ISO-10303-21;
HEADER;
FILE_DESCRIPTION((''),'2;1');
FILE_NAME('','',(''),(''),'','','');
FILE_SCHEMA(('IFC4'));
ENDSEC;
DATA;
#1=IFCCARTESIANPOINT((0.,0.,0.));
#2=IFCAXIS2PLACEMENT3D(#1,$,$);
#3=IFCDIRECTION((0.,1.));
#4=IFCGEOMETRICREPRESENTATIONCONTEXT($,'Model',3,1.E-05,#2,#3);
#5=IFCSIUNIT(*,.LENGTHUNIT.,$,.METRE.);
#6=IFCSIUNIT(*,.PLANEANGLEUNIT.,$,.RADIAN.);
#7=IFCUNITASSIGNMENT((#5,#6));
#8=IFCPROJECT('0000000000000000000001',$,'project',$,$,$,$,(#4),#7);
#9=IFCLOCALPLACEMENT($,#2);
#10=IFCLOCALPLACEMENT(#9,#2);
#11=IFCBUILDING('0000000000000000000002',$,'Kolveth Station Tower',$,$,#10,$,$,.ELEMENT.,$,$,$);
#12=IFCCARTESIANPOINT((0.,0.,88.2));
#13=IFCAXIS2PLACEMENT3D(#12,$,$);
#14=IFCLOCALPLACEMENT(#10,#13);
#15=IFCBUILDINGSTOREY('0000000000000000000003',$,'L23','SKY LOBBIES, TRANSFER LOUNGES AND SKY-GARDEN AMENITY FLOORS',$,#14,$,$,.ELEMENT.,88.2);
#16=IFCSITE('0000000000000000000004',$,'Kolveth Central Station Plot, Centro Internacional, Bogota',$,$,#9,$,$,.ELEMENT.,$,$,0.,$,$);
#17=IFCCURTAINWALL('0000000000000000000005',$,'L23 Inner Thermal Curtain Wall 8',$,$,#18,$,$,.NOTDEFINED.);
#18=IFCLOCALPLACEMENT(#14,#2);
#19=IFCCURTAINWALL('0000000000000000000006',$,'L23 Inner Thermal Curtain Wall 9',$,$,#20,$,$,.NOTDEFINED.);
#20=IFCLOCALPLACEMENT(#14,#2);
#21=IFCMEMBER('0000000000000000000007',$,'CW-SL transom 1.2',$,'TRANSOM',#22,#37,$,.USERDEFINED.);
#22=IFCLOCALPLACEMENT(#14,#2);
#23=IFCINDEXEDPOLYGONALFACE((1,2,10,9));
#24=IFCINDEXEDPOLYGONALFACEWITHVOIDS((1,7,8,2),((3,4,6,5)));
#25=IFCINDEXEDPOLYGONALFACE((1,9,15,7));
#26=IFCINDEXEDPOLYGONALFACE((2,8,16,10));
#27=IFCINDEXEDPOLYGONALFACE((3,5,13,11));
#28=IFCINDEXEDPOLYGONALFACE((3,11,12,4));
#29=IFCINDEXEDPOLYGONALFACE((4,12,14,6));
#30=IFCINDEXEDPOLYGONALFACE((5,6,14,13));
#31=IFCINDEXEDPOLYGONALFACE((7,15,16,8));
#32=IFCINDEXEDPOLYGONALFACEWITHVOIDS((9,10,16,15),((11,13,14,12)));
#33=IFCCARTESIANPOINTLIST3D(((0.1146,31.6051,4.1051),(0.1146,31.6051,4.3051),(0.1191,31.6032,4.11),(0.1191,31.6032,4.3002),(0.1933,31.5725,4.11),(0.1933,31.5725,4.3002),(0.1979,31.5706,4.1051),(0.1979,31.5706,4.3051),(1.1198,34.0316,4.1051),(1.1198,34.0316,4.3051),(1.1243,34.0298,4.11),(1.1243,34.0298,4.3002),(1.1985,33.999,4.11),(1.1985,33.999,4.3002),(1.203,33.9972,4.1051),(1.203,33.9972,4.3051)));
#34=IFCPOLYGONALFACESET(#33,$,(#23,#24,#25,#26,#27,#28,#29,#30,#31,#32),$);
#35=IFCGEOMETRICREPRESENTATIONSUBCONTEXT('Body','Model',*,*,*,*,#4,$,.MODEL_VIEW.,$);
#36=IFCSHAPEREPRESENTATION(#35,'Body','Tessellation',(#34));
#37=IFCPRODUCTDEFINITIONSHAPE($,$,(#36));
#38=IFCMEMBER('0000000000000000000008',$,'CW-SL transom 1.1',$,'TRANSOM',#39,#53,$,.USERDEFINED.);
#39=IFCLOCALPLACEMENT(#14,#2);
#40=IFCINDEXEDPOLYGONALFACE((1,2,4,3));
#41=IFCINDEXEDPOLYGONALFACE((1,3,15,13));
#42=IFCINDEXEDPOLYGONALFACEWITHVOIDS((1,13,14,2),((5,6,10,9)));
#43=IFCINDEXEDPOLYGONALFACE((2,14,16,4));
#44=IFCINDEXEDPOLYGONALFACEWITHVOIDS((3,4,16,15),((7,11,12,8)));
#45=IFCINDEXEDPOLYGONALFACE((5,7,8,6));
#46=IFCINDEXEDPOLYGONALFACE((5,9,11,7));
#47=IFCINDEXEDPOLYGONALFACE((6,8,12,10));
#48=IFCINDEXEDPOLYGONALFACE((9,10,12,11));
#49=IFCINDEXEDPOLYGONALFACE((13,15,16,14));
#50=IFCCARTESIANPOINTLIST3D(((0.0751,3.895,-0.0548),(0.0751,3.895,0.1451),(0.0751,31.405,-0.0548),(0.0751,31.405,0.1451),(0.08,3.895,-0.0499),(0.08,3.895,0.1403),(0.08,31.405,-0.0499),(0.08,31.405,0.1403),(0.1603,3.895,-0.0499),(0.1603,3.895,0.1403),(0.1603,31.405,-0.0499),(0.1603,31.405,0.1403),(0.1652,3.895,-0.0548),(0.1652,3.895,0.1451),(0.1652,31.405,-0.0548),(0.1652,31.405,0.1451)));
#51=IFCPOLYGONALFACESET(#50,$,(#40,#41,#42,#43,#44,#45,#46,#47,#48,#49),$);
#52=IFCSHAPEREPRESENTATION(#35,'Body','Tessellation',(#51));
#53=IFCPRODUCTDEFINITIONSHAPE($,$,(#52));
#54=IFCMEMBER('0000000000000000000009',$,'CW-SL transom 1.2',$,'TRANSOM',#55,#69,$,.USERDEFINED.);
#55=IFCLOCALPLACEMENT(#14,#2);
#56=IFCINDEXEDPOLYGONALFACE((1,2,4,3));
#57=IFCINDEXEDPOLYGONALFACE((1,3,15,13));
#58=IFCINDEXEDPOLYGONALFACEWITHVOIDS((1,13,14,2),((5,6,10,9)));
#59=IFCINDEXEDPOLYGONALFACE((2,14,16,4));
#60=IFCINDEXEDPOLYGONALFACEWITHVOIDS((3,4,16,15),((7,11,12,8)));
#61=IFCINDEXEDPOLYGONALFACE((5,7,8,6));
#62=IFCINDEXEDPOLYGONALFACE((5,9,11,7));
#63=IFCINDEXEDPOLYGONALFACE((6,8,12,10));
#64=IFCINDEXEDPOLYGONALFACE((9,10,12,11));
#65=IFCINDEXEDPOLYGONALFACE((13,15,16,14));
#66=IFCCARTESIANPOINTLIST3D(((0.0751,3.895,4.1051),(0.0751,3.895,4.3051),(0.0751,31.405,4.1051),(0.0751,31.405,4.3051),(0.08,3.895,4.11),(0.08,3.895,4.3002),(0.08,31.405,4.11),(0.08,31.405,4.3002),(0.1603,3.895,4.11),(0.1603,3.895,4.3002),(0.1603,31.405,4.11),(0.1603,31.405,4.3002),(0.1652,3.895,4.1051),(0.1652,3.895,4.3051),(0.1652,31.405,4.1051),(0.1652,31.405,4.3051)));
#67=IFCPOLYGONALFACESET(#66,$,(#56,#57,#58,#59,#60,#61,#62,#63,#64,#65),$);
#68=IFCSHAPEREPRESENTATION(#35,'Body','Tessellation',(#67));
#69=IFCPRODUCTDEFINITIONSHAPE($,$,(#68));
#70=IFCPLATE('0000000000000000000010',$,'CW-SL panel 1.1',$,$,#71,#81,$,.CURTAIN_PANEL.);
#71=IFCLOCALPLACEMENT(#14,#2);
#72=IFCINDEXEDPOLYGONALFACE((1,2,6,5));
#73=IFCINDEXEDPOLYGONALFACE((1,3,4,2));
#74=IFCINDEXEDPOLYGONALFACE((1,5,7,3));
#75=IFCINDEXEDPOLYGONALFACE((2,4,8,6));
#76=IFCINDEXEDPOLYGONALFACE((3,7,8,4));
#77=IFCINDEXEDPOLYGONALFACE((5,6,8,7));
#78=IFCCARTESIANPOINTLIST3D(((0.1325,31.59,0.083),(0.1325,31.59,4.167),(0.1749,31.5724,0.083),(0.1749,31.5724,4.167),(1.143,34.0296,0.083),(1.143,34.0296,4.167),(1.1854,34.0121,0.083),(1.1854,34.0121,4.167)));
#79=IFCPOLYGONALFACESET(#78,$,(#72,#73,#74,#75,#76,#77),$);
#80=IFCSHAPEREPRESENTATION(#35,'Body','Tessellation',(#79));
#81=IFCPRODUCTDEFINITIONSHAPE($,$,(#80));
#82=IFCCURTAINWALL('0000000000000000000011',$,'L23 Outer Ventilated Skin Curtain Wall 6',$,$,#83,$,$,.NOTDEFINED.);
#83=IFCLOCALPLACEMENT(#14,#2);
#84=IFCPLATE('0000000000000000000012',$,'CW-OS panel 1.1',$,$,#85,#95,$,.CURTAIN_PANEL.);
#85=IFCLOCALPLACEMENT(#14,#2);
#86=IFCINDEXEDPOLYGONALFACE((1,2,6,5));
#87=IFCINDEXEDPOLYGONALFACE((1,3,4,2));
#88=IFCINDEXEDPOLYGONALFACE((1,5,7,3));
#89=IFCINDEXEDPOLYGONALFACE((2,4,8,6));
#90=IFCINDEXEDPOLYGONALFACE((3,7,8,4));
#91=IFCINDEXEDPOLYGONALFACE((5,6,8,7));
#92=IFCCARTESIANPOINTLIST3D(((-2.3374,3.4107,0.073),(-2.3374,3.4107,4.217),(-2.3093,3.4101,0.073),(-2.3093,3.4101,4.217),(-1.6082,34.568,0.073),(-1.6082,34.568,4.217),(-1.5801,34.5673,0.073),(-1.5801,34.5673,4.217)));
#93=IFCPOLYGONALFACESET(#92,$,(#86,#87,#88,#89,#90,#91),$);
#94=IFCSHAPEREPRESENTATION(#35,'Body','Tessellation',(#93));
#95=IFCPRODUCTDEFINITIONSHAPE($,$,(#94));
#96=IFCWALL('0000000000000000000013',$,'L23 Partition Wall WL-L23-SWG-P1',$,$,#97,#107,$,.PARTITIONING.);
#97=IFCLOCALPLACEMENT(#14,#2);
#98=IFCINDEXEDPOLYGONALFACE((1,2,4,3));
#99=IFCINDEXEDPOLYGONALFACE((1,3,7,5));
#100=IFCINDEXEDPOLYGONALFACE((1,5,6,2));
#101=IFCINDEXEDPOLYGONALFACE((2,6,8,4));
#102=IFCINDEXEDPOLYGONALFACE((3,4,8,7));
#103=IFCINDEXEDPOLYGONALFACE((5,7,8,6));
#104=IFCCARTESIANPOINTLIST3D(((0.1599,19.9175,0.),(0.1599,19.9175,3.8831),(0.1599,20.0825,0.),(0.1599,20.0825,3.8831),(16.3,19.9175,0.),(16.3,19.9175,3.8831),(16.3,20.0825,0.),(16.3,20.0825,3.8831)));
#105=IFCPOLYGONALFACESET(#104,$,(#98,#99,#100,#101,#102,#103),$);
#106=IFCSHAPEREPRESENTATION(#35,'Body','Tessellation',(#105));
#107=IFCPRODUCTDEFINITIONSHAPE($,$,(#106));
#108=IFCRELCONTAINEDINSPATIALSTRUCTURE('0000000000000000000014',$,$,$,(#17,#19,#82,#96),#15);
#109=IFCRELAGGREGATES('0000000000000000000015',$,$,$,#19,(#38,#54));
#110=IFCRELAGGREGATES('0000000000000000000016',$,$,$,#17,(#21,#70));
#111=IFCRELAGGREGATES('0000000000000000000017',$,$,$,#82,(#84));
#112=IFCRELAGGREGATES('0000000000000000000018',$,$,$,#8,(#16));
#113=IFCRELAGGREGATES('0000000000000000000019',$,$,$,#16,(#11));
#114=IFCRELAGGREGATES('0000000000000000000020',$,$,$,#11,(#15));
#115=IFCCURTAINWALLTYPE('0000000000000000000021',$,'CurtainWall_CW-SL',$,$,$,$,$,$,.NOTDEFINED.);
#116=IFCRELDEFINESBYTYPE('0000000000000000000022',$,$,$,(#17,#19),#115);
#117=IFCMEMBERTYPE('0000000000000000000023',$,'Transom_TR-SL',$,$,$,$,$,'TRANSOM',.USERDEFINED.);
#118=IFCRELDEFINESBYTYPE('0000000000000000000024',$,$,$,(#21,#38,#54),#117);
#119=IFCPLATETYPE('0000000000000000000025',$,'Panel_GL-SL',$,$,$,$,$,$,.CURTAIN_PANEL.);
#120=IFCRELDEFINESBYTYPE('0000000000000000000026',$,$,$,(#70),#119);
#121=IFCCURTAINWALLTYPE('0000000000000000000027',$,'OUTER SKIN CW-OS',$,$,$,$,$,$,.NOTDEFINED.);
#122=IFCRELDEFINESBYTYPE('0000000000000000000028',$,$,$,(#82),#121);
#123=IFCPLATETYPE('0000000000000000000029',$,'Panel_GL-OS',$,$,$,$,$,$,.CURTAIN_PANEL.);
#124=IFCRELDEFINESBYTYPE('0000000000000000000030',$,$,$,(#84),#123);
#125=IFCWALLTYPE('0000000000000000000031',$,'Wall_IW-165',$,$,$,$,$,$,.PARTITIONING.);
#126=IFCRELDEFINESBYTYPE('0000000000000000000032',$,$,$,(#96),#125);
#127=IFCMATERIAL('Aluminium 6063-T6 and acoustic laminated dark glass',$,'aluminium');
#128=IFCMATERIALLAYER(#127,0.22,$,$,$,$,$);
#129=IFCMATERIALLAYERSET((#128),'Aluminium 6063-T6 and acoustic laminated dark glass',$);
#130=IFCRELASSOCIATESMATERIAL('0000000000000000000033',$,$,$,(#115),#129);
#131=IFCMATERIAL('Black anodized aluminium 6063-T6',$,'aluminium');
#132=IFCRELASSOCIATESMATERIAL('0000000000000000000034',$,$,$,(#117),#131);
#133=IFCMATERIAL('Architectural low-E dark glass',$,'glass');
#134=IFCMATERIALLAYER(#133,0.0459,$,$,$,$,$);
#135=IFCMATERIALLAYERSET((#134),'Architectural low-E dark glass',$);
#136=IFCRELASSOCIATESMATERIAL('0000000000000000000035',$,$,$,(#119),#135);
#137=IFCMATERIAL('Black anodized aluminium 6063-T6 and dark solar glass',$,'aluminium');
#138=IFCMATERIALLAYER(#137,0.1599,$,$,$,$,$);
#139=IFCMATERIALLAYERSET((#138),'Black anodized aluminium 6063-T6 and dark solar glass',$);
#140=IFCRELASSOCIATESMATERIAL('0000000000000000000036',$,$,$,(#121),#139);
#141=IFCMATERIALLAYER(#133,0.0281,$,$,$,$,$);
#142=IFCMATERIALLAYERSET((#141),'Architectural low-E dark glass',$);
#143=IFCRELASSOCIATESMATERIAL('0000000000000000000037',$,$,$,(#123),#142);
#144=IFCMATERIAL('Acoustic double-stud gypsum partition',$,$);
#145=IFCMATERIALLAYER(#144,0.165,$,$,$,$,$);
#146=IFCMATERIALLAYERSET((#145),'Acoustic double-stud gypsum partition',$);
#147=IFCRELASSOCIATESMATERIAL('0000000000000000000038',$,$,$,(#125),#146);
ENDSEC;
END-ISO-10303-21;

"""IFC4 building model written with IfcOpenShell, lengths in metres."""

from ifc_helpers import new_model, si_unit, direction, frame, frame_2d, origin, origin_2d, place, context, subcontext, project, spatial, rectangle, hollow_rectangle, extrude, source, transform, mapped, material, layer, layer_set, material_profile, profile_set, type_object, element, aggregate, save


model = new_model("IFC4")

# Units and contexts
model_context = context("Model", 3, precision=1e-05, world=origin(), true_north=direction((0.0, 1.0)))
body_context = subcontext(model_context, "Body", "Model", "MODEL_VIEW")
ifc_project = project(units=[si_unit("LENGTHUNIT", "METRE"), si_unit("PLANEANGLEUNIT", "RADIAN")], contexts=[model_context])

# Site, building, storey
site_placement = place(None, origin())
site = spatial("IfcSite", under=ifc_project, at=site_placement, Name="Kolveth Central Station Plot, Centro Internacional, Bogota", CompositionType="ELEMENT", RefElevation=0.0)
building_placement = place(site_placement, origin())
building = spatial("IfcBuilding", under=site, at=building_placement, Name="Kolveth Station Tower", CompositionType="ELEMENT")
storey_placement = place(building_placement, frame((0.0, 0.0, 88.2)))
storey = spatial("IfcBuildingStorey", under=building, at=storey_placement, Name="L23", Description="SKY LOBBIES, TRANSFER LOUNGES AND SKY-GARDEN AMENITY FLOORS", CompositionType="ELEMENT", Elevation=88.2)

# Curtain walls
ifc_material_1 = material(Name="Aluminium 6063-T6 and acoustic laminated dark glass", Category="aluminium")
ifc_layer_1 = layer(ifc_material_1, 0.22)
ifc_layer_set_1 = layer_set([ifc_layer_1], Name="Aluminium 6063-T6 and acoustic laminated dark glass")
curtain_wall_type_1 = type_object("IfcCurtainWallType", Name="CurtainWall_CW-SL", PredefinedType="NOTDEFINED", material=ifc_layer_set_1)
curtain_wall_1_placement = place(storey_placement, origin())
curtain_wall_1 = element("IfcCurtainWall", 1, at=curtain_wall_1_placement, inside=storey, type_object=curtain_wall_type_1, Name="L23 Inner Thermal Curtain Wall 8", PredefinedType="NOTDEFINED")
ifc_material_2 = material(Name="Black anodized aluminium 6063-T6", Category="aluminium")
curtain_wall_2_placement = place(storey_placement, origin())
curtain_wall_2 = element("IfcCurtainWall", 2, at=curtain_wall_2_placement, inside=storey, type_object=curtain_wall_type_1, Name="L23 Inner Thermal Curtain Wall 9", PredefinedType="NOTDEFINED")

# Members
ifc_material_profile_1 = material_profile(ifc_material_2, hollow_rectangle(XDim=0.0901, YDim=0.2, WallThickness=0.0049, at=origin_2d()), Name="ALU-90x200x5")
ifc_profile_set_1 = profile_set([ifc_material_profile_1], Name="Black anodized aluminium 6063-T6")
member_type_1 = type_object("IfcMemberType", Name="Transom_TR-SL", ElementType="TRANSOM", PredefinedType="USERDEFINED", material=ifc_profile_set_1)
shared_shape_1 = source(origin(), body_context, "Body", "SweptSolid", [
    extrude(hollow_rectangle(XDim=0.0901, YDim=0.2, WallThickness=0.0049, at=origin_2d()), origin(), (0.0, 0.0, 1.0), 2.6265),
])
member_1_placement = place(storey_placement, frame((1.1614, 34.0144, 4.2051), z_axis=(-0.382694, -0.923875, 0.0), x_axis=(0.923875, -0.382694, 0.0)))
member_1 = element("IfcMember", 3, at=member_1_placement, type_object=member_type_1, Name="CW-SL transom 1.2", ObjectType="TRANSOM", PredefinedType="USERDEFINED", context=body_context, shape_type="MappedRepresentation", body=[
    mapped(shared_shape_1, transform((0.0, 0.0, 0.0), x_axis=(1.0, 0.0, 0.0), y_axis=(0.0, 1.0, 0.0), z_axis=(0.0, 0.0, 1.0), scale=1.0)),
])
shared_shape_2 = source(origin(), body_context, "Body", "SweptSolid", [
    extrude(hollow_rectangle(XDim=0.0901, YDim=0.2, WallThickness=0.0049, at=origin_2d()), origin(), (0.0, 0.0, 1.0), 27.51),
])
member_2_placement = place(storey_placement, frame((0.1201, 31.405, 0.0452), z_axis=(0.0, -1.0, 0.0), x_axis=(1.0, 0.0, 0.0)))
member_2 = element("IfcMember", 4, at=member_2_placement, type_object=member_type_1, Name="CW-SL transom 1.1", ObjectType="TRANSOM", PredefinedType="USERDEFINED", context=body_context, shape_type="MappedRepresentation", body=[
    mapped(shared_shape_2, transform((0.0, 0.0, 0.0), x_axis=(1.0, 0.0, 0.0), y_axis=(0.0, 1.0, 0.0), z_axis=(0.0, 0.0, 1.0), scale=1.0)),
])
member_3_placement = place(storey_placement, frame((0.1201, 31.405, 4.2051), z_axis=(0.0, -1.0, 0.0), x_axis=(1.0, 0.0, 0.0)))
member_3 = element("IfcMember", 5, at=member_3_placement, type_object=member_type_1, Name="CW-SL transom 1.2", ObjectType="TRANSOM", PredefinedType="USERDEFINED", context=body_context, shape_type="MappedRepresentation", body=[
    mapped(shared_shape_2, transform((0.0, 0.0, 0.0), x_axis=(1.0, 0.0, 0.0), y_axis=(0.0, 1.0, 0.0), z_axis=(0.0, 0.0, 1.0), scale=1.0)),
])
aggregate(curtain_wall_2, [member_2, member_3])

# Plate
ifc_material_3 = material(Name="Architectural low-E dark glass", Category="glass")
ifc_layer_2 = layer(ifc_material_3, 0.0459)
ifc_layer_set_2 = layer_set([ifc_layer_2], Name="Architectural low-E dark glass")
plate_type_1 = type_object("IfcPlateType", Name="Panel_GL-SL", PredefinedType="CURTAIN_PANEL", material=ifc_layer_set_2)
shared_shape_3 = source(origin(), body_context, "Body", "SweptSolid", [
    extrude(rectangle(XDim=2.6406, YDim=0.0459, at=origin_2d()), origin(), (0.0, 0.0, 1.0), 4.084),
])
plate_1_placement = place(storey_placement, frame((0.6589, 32.801, 0.083), z_axis=(0.0, 0.0, 1.0), x_axis=(-0.382663, -0.923888, 0.0)))
plate_1 = element("IfcPlate", 6, at=plate_1_placement, type_object=plate_type_1, Name="CW-SL panel 1.1", PredefinedType="CURTAIN_PANEL", context=body_context, shape_type="MappedRepresentation", body=[
    mapped(shared_shape_3, transform((0.0, 0.0, 0.0), x_axis=(1.0, 0.0, 0.0), y_axis=(0.0, 1.0, 0.0), z_axis=(0.0, 0.0, 1.0), scale=1.0)),
])
aggregate(curtain_wall_1, [member_1, plate_1])

# Curtain wall, plate
ifc_material_4 = material(Name="Black anodized aluminium 6063-T6 and dark solar glass", Category="aluminium")
ifc_layer_3 = layer(ifc_material_4, 0.1599)
ifc_layer_set_3 = layer_set([ifc_layer_3], Name="Black anodized aluminium 6063-T6 and dark solar glass")
curtain_wall_type_2 = type_object("IfcCurtainWallType", Name="OUTER SKIN CW-OS", PredefinedType="NOTDEFINED", material=ifc_layer_set_3)
curtain_wall_3_placement = place(storey_placement, origin())
curtain_wall_3 = element("IfcCurtainWall", 7, at=curtain_wall_3_placement, inside=storey, type_object=curtain_wall_type_2, Name="L23 Outer Ventilated Skin Curtain Wall 6", PredefinedType="NOTDEFINED")
ifc_layer_4 = layer(ifc_material_3, 0.0281)
ifc_layer_set_4 = layer_set([ifc_layer_4], Name="Architectural low-E dark glass")
plate_type_2 = type_object("IfcPlateType", Name="Panel_GL-OS", PredefinedType="CURTAIN_PANEL", material=ifc_layer_set_4)
shared_shape_4 = source(origin(), body_context, "Body", "SweptSolid", [
    extrude(rectangle(XDim=31.1658, YDim=0.0281, at=origin_2d()), origin(), (0.0, 0.0, 1.0), 4.144),
])
plate_2_placement = place(storey_placement, frame((-1.9587, 18.989, 0.073), z_axis=(0.0, 0.0, 1.0), x_axis=(-0.023398, -0.999726, 0.0)))
plate_2 = element("IfcPlate", 8, at=plate_2_placement, type_object=plate_type_2, Name="CW-OS panel 1.1", PredefinedType="CURTAIN_PANEL", context=body_context, shape_type="MappedRepresentation", body=[
    mapped(shared_shape_4, transform((0.0, 0.0, 0.0), x_axis=(1.0, 0.0, 0.0), y_axis=(0.0, 1.0, 0.0), z_axis=(0.0, 0.0, 1.0), scale=1.0)),
])
aggregate(curtain_wall_3, [plate_2])

# Wall
ifc_material_5 = material(Name="Acoustic double-stud gypsum partition")
ifc_layer_5 = layer(ifc_material_5, 0.165)
ifc_layer_set_5 = layer_set([ifc_layer_5], Name="Acoustic double-stud gypsum partition")
wall_type = type_object("IfcWallType", Name="Wall_IW-165", PredefinedType="PARTITIONING", material=ifc_layer_set_5)
wall_placement = place(storey_placement, frame((0.1599, 20.0, 0.0), z_axis=(0.0, 0.0, 1.0), x_axis=(1.0, 0.0, 0.0)))
element("IfcWall", 9, at=wall_placement, inside=storey, type_object=wall_type, Name="L23 Partition Wall WL-L23-SWG-P1", PredefinedType="PARTITIONING", context=body_context, shape_type="SweptSolid", body=[
    extrude(rectangle(XDim=16.1401, YDim=0.165, at=frame_2d((8.0701, 0.0))), origin(), (0.0, 0.0, 1.0), 3.8831),
])

save(model, "model.ifc")
